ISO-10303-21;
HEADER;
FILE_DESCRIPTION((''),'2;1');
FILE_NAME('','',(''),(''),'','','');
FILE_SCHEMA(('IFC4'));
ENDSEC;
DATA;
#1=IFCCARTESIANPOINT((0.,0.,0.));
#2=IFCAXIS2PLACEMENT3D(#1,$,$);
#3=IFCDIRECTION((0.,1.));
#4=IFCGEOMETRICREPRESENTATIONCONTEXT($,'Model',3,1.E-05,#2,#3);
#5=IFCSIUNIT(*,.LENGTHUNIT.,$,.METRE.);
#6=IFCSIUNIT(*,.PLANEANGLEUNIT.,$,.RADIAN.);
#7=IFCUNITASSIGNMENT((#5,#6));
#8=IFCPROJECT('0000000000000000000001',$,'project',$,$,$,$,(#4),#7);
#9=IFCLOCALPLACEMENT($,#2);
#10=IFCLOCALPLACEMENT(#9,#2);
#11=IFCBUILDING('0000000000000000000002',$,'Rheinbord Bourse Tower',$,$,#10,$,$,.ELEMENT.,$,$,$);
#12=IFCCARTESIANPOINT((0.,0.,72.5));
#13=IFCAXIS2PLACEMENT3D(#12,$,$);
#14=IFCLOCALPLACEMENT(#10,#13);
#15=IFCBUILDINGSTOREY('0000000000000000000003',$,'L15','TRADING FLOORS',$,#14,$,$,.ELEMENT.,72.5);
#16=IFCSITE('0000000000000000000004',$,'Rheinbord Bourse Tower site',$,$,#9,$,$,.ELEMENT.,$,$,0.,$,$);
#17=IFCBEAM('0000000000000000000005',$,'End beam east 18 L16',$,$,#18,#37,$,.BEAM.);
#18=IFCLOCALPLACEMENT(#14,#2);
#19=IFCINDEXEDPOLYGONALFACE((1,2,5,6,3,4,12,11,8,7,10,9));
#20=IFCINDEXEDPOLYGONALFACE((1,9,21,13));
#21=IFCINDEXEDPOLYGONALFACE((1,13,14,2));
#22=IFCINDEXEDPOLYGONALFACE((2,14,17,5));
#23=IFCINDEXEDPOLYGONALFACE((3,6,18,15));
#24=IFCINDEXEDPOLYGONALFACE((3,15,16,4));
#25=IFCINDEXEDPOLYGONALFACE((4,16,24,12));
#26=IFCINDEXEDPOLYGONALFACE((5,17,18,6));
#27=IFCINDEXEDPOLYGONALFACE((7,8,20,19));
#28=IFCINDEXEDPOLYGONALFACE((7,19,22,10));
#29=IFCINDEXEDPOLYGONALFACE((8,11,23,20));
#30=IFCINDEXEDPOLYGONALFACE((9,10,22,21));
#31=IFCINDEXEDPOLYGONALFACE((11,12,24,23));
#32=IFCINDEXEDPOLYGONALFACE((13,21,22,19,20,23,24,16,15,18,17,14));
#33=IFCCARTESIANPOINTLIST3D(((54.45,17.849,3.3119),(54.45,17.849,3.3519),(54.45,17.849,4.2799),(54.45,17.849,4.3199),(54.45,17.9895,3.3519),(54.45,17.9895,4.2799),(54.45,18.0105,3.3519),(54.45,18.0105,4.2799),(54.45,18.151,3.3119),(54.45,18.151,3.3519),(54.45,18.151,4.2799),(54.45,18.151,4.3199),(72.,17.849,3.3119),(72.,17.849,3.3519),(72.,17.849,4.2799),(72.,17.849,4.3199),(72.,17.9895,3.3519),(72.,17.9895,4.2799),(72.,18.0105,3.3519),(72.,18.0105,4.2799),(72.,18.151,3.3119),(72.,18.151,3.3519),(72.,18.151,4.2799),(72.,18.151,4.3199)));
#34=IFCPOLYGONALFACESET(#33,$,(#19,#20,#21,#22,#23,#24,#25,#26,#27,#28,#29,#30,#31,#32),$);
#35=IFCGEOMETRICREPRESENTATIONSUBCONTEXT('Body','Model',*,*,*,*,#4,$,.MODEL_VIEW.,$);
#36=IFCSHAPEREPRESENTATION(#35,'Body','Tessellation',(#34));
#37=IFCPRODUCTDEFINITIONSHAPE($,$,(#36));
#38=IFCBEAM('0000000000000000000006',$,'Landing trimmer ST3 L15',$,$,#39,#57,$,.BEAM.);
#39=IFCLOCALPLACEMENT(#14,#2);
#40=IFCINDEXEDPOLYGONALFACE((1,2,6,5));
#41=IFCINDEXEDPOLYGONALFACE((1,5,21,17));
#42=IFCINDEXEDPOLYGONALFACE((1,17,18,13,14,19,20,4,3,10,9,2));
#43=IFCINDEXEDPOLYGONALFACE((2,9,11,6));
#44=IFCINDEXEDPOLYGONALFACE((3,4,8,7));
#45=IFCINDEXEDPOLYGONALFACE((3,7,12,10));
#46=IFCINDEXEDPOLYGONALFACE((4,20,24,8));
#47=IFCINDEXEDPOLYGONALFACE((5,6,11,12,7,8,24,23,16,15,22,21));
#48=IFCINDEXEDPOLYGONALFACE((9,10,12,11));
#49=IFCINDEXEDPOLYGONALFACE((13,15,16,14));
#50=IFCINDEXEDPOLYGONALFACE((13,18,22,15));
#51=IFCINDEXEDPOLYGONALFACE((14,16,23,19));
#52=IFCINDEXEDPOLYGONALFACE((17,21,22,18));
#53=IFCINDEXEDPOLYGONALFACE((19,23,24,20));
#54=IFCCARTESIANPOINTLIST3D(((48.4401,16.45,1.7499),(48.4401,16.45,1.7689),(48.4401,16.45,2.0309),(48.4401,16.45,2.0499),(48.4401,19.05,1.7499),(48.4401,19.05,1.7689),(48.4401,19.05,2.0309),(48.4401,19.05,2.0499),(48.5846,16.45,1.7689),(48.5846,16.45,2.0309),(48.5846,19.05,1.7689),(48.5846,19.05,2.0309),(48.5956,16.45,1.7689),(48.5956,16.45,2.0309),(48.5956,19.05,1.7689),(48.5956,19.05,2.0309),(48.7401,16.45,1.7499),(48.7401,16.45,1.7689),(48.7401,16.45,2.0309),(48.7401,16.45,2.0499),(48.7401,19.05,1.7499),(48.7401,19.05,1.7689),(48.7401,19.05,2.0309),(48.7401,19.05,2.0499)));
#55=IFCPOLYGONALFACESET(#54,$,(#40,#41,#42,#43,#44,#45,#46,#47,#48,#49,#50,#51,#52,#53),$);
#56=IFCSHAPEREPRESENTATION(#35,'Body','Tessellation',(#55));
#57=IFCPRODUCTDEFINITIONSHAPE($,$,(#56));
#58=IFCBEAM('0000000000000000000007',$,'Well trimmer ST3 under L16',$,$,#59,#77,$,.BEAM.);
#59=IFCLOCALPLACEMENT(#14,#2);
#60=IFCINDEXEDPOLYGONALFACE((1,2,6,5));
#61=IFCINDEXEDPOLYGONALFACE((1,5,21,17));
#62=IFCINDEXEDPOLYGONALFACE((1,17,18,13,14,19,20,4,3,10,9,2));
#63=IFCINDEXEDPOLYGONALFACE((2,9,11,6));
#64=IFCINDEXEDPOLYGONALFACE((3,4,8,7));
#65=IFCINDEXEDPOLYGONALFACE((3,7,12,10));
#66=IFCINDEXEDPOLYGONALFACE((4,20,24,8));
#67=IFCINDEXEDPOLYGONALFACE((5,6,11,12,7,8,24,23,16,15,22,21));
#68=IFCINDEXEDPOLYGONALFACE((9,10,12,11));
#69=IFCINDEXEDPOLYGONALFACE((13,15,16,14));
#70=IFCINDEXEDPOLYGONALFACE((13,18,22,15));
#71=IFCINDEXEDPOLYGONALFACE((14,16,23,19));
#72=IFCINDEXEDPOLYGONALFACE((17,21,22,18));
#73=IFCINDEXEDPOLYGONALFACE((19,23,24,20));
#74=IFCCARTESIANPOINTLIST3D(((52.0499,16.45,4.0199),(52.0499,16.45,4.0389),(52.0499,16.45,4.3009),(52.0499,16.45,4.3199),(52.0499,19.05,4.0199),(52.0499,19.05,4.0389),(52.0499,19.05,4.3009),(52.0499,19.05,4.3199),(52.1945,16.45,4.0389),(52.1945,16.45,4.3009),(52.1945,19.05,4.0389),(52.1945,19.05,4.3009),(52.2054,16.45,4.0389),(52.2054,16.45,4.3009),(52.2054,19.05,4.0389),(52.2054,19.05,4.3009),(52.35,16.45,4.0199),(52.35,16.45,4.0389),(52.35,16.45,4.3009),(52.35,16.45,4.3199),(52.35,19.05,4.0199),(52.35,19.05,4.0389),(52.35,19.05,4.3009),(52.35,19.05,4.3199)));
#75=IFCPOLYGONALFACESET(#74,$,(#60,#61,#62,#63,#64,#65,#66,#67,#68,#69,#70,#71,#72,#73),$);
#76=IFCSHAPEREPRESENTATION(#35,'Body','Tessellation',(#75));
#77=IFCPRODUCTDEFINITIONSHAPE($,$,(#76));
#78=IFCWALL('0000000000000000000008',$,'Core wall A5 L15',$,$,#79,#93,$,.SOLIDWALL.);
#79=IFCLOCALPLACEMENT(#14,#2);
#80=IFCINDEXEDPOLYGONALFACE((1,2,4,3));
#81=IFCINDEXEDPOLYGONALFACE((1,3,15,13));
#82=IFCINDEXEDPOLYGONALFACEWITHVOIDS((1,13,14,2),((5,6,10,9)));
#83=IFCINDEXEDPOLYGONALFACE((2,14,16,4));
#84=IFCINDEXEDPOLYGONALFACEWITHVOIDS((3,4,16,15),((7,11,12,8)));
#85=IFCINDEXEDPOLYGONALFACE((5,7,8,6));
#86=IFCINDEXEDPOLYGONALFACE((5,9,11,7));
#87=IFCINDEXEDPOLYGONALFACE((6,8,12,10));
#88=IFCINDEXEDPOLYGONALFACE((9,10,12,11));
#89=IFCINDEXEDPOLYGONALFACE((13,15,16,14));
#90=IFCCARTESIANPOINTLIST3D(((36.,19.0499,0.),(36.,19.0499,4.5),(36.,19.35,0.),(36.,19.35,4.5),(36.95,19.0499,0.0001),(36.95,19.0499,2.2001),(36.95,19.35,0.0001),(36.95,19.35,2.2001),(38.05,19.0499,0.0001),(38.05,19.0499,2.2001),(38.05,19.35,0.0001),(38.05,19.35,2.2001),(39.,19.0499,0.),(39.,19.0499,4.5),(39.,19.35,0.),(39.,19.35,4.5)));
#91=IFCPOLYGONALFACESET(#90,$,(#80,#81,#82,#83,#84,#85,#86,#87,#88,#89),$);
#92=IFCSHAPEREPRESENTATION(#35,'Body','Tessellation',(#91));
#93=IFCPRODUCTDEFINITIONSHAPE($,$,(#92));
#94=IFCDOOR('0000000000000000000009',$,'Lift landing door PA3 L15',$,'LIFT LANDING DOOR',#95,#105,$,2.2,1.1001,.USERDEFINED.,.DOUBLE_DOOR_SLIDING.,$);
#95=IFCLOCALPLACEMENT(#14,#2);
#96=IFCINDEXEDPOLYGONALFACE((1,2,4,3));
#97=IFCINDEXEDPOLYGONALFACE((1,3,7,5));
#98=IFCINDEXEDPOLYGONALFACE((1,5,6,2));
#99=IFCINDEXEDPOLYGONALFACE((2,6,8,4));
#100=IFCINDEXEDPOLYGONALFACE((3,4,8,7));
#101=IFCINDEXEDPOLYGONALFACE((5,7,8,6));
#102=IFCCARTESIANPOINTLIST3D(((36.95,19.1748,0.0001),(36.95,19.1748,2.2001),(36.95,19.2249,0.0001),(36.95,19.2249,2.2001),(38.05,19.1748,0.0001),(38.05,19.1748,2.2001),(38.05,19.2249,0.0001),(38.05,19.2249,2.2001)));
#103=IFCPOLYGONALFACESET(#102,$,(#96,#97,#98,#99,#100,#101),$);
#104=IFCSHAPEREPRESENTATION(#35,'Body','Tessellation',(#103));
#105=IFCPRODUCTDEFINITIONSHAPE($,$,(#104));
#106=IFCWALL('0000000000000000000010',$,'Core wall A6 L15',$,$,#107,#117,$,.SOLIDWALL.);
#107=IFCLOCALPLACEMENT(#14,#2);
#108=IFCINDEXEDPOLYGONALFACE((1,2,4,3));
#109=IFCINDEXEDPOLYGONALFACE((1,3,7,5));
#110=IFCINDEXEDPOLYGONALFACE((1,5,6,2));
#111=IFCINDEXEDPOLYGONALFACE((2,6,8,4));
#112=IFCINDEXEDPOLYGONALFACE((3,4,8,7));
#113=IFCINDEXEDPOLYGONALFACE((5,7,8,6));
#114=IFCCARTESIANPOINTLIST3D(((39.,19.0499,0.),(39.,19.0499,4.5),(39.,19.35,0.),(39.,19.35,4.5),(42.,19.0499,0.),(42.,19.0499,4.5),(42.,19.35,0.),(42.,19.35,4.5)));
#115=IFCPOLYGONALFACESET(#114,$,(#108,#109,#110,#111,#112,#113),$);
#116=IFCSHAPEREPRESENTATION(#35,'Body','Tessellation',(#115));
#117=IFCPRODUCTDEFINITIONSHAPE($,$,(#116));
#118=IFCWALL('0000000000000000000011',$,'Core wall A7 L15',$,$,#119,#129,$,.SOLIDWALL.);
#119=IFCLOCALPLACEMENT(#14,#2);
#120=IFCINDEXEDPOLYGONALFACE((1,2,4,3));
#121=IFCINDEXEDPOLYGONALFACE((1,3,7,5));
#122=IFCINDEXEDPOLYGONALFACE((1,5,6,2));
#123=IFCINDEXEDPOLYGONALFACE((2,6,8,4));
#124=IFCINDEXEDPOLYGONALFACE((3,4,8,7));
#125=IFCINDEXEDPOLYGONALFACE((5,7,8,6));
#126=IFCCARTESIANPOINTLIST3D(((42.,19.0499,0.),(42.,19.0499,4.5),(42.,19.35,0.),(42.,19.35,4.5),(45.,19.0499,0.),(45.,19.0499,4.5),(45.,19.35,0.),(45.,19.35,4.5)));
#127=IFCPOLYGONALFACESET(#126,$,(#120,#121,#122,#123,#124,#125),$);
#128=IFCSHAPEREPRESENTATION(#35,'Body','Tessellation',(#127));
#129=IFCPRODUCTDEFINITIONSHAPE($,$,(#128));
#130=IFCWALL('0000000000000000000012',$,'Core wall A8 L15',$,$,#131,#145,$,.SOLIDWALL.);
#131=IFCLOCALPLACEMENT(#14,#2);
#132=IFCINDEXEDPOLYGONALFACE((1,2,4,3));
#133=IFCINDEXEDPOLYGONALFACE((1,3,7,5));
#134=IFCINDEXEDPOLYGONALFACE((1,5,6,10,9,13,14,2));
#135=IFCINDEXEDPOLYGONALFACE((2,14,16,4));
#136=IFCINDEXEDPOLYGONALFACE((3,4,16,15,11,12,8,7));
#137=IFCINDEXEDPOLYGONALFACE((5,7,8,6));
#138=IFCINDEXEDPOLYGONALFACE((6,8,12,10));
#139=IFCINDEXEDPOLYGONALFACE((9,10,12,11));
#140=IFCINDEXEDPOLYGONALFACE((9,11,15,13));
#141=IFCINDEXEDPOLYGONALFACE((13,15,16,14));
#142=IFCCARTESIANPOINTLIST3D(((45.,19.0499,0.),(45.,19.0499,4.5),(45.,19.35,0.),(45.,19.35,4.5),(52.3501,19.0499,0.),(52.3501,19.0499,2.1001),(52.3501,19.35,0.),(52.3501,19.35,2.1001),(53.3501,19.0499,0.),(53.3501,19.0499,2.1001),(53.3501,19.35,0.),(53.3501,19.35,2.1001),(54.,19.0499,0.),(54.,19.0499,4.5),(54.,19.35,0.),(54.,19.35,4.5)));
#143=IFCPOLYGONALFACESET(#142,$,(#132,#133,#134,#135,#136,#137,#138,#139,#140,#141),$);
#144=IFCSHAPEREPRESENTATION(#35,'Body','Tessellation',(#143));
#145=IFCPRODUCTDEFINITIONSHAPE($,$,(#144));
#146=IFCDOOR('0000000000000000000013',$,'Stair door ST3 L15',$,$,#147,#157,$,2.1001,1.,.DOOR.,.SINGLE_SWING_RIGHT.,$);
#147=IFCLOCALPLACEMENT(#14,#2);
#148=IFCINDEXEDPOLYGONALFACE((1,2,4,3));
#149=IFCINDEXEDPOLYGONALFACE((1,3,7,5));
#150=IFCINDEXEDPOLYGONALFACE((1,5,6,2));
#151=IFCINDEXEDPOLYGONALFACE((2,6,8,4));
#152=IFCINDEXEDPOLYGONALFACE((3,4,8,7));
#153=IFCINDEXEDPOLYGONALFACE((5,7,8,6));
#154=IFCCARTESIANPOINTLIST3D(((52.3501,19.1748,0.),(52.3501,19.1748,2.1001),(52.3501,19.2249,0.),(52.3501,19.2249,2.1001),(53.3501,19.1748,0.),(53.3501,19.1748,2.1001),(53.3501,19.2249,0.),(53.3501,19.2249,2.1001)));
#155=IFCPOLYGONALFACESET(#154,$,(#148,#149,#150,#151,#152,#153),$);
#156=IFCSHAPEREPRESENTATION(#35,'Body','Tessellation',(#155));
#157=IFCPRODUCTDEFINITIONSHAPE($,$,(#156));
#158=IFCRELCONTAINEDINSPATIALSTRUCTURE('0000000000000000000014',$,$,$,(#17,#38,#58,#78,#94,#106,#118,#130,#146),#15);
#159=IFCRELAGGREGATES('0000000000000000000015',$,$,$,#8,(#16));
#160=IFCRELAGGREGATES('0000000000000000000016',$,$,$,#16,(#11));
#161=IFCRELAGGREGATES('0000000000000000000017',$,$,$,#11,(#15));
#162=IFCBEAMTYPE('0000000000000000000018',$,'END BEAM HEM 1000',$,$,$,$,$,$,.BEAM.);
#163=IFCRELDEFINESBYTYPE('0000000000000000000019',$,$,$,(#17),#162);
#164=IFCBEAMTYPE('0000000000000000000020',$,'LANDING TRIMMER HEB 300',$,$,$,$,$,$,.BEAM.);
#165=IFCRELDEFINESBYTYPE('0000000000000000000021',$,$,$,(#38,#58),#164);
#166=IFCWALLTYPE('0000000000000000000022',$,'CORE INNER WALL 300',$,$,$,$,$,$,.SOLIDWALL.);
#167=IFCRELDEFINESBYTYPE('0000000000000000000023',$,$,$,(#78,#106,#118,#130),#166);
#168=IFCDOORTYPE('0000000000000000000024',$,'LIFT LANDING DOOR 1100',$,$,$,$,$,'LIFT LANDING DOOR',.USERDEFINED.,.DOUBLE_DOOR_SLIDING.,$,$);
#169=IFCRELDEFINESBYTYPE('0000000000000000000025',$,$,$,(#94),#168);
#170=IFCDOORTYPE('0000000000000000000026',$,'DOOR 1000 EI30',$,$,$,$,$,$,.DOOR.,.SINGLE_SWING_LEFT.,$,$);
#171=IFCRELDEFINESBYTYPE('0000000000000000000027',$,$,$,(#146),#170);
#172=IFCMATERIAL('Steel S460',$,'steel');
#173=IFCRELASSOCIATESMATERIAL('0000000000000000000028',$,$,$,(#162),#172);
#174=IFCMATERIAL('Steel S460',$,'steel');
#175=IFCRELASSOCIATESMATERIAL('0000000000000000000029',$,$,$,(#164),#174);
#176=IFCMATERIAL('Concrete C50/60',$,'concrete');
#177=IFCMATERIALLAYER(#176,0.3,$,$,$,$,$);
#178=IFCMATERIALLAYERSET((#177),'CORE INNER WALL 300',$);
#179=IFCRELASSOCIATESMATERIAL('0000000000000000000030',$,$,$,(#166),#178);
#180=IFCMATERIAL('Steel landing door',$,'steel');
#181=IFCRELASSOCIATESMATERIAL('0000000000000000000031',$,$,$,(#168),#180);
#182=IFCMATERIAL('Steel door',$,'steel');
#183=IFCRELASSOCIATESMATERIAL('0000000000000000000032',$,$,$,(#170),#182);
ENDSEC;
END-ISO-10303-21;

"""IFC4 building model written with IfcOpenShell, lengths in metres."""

from ifc_helpers import new_model, si_unit, direction, frame, frame_2d, origin, origin_2d, place, context, subcontext, project, spatial, rectangle, i_section, extrude, material, layer, layer_set, material_profile, profile_set, type_object, element, fill, save


model = new_model("IFC4")

# Units and contexts
model_context = context("Model", 3, precision=1e-05, world=origin(), true_north=direction((0.0, 1.0)))
body_context = subcontext(model_context, "Body", "Model", "MODEL_VIEW")
ifc_project = project(units=[si_unit("LENGTHUNIT", "METRE"), si_unit("PLANEANGLEUNIT", "RADIAN")], contexts=[model_context])

# Site, building, storey
site_placement = place(None, origin())
site = spatial("IfcSite", under=ifc_project, at=site_placement, Name="Rheinbord Bourse Tower site", CompositionType="ELEMENT", RefElevation=0.0)
building_placement = place(site_placement, origin())
building = spatial("IfcBuilding", under=site, at=building_placement, Name="Rheinbord Bourse Tower", CompositionType="ELEMENT")
storey_placement = place(building_placement, frame((0.0, 0.0, 72.5)))
storey = spatial("IfcBuildingStorey", under=building, at=storey_placement, Name="L15", Description="TRADING FLOORS", CompositionType="ELEMENT", Elevation=72.5)

# Beams
ifc_material_1 = material(Name="Steel S460", Category="steel")
ifc_material_profile_1 = material_profile(ifc_material_1, i_section(OverallWidth=0.302, OverallDepth=1.0081, WebThickness=0.021, FlangeThickness=0.04, at=origin_2d()), Name="HEM 1000")
ifc_profile_set_1 = profile_set([ifc_material_profile_1], Name="Steel S460")
beam_type_1 = type_object("IfcBeamType", Name="END BEAM HEM 1000", PredefinedType="BEAM", material=ifc_profile_set_1)
beam_placement = place(storey_placement, frame((54.45, 18.0, 3.8159), z_axis=(1.0, 0.0, 0.0), x_axis=(0.0, 1.0, 0.0)))
element("IfcBeam", 1, at=beam_placement, inside=storey, type_object=beam_type_1, Name="End beam east 18 L16", PredefinedType="BEAM", context=body_context, shape_type="SweptSolid", body=[
    extrude(i_section(OverallWidth=0.302, OverallDepth=1.0081, WebThickness=0.021, FlangeThickness=0.04, at=origin_2d()), origin(), (0.0, 0.0, 1.0), 17.55),
])
ifc_material_2 = material(Name="Steel S460", Category="steel")
ifc_material_profile_2 = material_profile(ifc_material_2, i_section(OverallWidth=0.3, OverallDepth=0.3, WebThickness=0.011, FlangeThickness=0.019, at=origin_2d()), Name="HEB 300")
ifc_profile_set_2 = profile_set([ifc_material_profile_2], Name="Steel S460")
beam_type_2 = type_object("IfcBeamType", Name="LANDING TRIMMER HEB 300", PredefinedType="BEAM", material=ifc_profile_set_2)
for number, where, z_axis, x_axis, name in (
    (2, (48.5901, 16.45, 1.8999), (0.0, 1.0, 0.0), (-1.0, 0.0, 0.0), "Landing trimmer ST3 L15"),
    (3, (52.2, 16.45, 4.1699), (0.0, 1.0, 0.0), (-1.0, 0.0, 0.0), "Well trimmer ST3 under L16"),
):
    element("IfcBeam", number, at=place(storey_placement, frame(where, z_axis=z_axis, x_axis=x_axis)), inside=storey, type_object=beam_type_2, Name=name, PredefinedType="BEAM", context=body_context, shape_type="SweptSolid", body=[
        extrude(i_section(OverallWidth=0.3, OverallDepth=0.3, WebThickness=0.011, FlangeThickness=0.019, at=origin_2d()), origin(), (0.0, 0.0, 1.0), 2.6001),
    ])

# Wall, opening, door
ifc_material_3 = material(Name="Concrete C50/60", Category="concrete")
ifc_layer_1 = layer(ifc_material_3, 0.3)
ifc_layer_set_1 = layer_set([ifc_layer_1], Name="CORE INNER WALL 300")
wall_type_1 = type_object("IfcWallType", Name="CORE INNER WALL 300", PredefinedType="SOLIDWALL", material=ifc_layer_set_1)
wall_1_placement = place(storey_placement, frame((36.0, 19.2, 0.0), z_axis=(0.0, 0.0, 1.0), x_axis=(1.0, 0.0, 0.0)))
wall_1 = element("IfcWall", 4, at=wall_1_placement, inside=storey, type_object=wall_type_1, Name="Core wall A5 L15", PredefinedType="SOLIDWALL", context=body_context, shape_type="SweptSolid", body=[
    extrude(rectangle(XDim=3.0, YDim=0.3, at=frame_2d((1.5, 0.0))), origin(), (0.0, 0.0, 1.0), 4.5),
])
opening_1_placement = place(wall_1_placement, frame((0.95, 0.0, 0.0)))
opening_1 = element("IfcOpeningElement", 5, at=opening_1_placement, cuts=wall_1, PredefinedType="OPENING", context=body_context, shape_type="SweptSolid", body=[
    extrude(rectangle(XDim=1.1001, YDim=2.2, at=frame_2d((0.55, 1.1001))), frame((0.0, 0.1599, 0.0), z_axis=(0.0, -1.0, 0.0), x_axis=(1.0, 0.0, 0.0)), (0.0, 0.0, 1.0), 0.3201),
])
ifc_material_4 = material(Name="Steel landing door", Category="steel")
door_type_1 = type_object("IfcDoorType", Name="LIFT LANDING DOOR 1100", ElementType="LIFT LANDING DOOR", OperationType="DOUBLE_DOOR_SLIDING", PredefinedType="USERDEFINED", material=ifc_material_4)
door_1_placement = place(opening_1_placement, origin())
door_1 = element("IfcDoor", 6, at=door_1_placement, inside=storey, type_object=door_type_1, Name="Lift landing door PA3 L15", ObjectType="LIFT LANDING DOOR", OperationType="DOUBLE_DOOR_SLIDING", OverallHeight=2.2, OverallWidth=1.1001, PredefinedType="USERDEFINED", context=body_context, shape_type="SweptSolid", body=[
    extrude(rectangle(XDim=1.1001, YDim=2.2, at=frame_2d((0.55, 1.1001))), frame((0.0, 0.0249, 0.0), z_axis=(0.0, -1.0, 0.0), x_axis=(1.0, 0.0, 0.0)), (0.0, 0.0, 1.0), 0.05),
])
fill(opening_1, door_1)

# Walls
for number, where, z_axis, x_axis, name in (
    (7, (39.0, 19.2, 0.0), (0.0, 0.0, 1.0), (1.0, 0.0, 0.0), "Core wall A6 L15"),
    (8, (42.0, 19.2, 0.0), (0.0, 0.0, 1.0), (1.0, 0.0, 0.0), "Core wall A7 L15"),
):
    element("IfcWall", number, at=place(storey_placement, frame(where, z_axis=z_axis, x_axis=x_axis)), inside=storey, type_object=wall_type_1, Name=name, PredefinedType="SOLIDWALL", context=body_context, shape_type="SweptSolid", body=[
        extrude(rectangle(XDim=3.0, YDim=0.3, at=frame_2d((1.5, 0.0))), origin(), (0.0, 0.0, 1.0), 4.5),
    ])

# Wall, opening, door
wall_2_placement = place(storey_placement, frame((45.0, 19.2, 0.0), z_axis=(0.0, 0.0, 1.0), x_axis=(1.0, 0.0, 0.0)))
wall_2 = element("IfcWall", 9, at=wall_2_placement, inside=storey, type_object=wall_type_1, Name="Core wall A8 L15", PredefinedType="SOLIDWALL", context=body_context, shape_type="SweptSolid", body=[
    extrude(rectangle(XDim=9.0, YDim=0.3, at=frame_2d((4.5, 0.0))), origin(), (0.0, 0.0, 1.0), 4.5),
])
opening_2_placement = place(wall_2_placement, frame((7.3501, 0.0, 0.0)))
opening_2 = element("IfcOpeningElement", 10, at=opening_2_placement, cuts=wall_2, PredefinedType="OPENING", context=body_context, shape_type="SweptSolid", body=[
    extrude(rectangle(XDim=1.0, YDim=2.1001, at=frame_2d((0.5, 1.05))), frame((0.0, 0.1599, 0.0), z_axis=(0.0, -1.0, 0.0), x_axis=(1.0, 0.0, 0.0)), (0.0, 0.0, 1.0), 0.3201),
])
ifc_material_5 = material(Name="Steel door", Category="steel")
door_type_2 = type_object("IfcDoorType", Name="DOOR 1000 EI30", OperationType="SINGLE_SWING_LEFT", PredefinedType="DOOR", material=ifc_material_5)
door_2_placement = place(opening_2_placement, origin())
door_2 = element("IfcDoor", 11, at=door_2_placement, inside=storey, type_object=door_type_2, Name="Stair door ST3 L15", OperationType="SINGLE_SWING_RIGHT", OverallHeight=2.1001, OverallWidth=1.0, PredefinedType="DOOR", context=body_context, shape_type="SweptSolid", body=[
    extrude(rectangle(XDim=1.0, YDim=2.1001, at=frame_2d((0.5, 1.05))), frame((0.0, 0.0249, 0.0), z_axis=(0.0, -1.0, 0.0), x_axis=(1.0, 0.0, 0.0)), (0.0, 0.0, 1.0), 0.05),
])
fill(opening_2, door_2)

save(model, "model.ifc")
